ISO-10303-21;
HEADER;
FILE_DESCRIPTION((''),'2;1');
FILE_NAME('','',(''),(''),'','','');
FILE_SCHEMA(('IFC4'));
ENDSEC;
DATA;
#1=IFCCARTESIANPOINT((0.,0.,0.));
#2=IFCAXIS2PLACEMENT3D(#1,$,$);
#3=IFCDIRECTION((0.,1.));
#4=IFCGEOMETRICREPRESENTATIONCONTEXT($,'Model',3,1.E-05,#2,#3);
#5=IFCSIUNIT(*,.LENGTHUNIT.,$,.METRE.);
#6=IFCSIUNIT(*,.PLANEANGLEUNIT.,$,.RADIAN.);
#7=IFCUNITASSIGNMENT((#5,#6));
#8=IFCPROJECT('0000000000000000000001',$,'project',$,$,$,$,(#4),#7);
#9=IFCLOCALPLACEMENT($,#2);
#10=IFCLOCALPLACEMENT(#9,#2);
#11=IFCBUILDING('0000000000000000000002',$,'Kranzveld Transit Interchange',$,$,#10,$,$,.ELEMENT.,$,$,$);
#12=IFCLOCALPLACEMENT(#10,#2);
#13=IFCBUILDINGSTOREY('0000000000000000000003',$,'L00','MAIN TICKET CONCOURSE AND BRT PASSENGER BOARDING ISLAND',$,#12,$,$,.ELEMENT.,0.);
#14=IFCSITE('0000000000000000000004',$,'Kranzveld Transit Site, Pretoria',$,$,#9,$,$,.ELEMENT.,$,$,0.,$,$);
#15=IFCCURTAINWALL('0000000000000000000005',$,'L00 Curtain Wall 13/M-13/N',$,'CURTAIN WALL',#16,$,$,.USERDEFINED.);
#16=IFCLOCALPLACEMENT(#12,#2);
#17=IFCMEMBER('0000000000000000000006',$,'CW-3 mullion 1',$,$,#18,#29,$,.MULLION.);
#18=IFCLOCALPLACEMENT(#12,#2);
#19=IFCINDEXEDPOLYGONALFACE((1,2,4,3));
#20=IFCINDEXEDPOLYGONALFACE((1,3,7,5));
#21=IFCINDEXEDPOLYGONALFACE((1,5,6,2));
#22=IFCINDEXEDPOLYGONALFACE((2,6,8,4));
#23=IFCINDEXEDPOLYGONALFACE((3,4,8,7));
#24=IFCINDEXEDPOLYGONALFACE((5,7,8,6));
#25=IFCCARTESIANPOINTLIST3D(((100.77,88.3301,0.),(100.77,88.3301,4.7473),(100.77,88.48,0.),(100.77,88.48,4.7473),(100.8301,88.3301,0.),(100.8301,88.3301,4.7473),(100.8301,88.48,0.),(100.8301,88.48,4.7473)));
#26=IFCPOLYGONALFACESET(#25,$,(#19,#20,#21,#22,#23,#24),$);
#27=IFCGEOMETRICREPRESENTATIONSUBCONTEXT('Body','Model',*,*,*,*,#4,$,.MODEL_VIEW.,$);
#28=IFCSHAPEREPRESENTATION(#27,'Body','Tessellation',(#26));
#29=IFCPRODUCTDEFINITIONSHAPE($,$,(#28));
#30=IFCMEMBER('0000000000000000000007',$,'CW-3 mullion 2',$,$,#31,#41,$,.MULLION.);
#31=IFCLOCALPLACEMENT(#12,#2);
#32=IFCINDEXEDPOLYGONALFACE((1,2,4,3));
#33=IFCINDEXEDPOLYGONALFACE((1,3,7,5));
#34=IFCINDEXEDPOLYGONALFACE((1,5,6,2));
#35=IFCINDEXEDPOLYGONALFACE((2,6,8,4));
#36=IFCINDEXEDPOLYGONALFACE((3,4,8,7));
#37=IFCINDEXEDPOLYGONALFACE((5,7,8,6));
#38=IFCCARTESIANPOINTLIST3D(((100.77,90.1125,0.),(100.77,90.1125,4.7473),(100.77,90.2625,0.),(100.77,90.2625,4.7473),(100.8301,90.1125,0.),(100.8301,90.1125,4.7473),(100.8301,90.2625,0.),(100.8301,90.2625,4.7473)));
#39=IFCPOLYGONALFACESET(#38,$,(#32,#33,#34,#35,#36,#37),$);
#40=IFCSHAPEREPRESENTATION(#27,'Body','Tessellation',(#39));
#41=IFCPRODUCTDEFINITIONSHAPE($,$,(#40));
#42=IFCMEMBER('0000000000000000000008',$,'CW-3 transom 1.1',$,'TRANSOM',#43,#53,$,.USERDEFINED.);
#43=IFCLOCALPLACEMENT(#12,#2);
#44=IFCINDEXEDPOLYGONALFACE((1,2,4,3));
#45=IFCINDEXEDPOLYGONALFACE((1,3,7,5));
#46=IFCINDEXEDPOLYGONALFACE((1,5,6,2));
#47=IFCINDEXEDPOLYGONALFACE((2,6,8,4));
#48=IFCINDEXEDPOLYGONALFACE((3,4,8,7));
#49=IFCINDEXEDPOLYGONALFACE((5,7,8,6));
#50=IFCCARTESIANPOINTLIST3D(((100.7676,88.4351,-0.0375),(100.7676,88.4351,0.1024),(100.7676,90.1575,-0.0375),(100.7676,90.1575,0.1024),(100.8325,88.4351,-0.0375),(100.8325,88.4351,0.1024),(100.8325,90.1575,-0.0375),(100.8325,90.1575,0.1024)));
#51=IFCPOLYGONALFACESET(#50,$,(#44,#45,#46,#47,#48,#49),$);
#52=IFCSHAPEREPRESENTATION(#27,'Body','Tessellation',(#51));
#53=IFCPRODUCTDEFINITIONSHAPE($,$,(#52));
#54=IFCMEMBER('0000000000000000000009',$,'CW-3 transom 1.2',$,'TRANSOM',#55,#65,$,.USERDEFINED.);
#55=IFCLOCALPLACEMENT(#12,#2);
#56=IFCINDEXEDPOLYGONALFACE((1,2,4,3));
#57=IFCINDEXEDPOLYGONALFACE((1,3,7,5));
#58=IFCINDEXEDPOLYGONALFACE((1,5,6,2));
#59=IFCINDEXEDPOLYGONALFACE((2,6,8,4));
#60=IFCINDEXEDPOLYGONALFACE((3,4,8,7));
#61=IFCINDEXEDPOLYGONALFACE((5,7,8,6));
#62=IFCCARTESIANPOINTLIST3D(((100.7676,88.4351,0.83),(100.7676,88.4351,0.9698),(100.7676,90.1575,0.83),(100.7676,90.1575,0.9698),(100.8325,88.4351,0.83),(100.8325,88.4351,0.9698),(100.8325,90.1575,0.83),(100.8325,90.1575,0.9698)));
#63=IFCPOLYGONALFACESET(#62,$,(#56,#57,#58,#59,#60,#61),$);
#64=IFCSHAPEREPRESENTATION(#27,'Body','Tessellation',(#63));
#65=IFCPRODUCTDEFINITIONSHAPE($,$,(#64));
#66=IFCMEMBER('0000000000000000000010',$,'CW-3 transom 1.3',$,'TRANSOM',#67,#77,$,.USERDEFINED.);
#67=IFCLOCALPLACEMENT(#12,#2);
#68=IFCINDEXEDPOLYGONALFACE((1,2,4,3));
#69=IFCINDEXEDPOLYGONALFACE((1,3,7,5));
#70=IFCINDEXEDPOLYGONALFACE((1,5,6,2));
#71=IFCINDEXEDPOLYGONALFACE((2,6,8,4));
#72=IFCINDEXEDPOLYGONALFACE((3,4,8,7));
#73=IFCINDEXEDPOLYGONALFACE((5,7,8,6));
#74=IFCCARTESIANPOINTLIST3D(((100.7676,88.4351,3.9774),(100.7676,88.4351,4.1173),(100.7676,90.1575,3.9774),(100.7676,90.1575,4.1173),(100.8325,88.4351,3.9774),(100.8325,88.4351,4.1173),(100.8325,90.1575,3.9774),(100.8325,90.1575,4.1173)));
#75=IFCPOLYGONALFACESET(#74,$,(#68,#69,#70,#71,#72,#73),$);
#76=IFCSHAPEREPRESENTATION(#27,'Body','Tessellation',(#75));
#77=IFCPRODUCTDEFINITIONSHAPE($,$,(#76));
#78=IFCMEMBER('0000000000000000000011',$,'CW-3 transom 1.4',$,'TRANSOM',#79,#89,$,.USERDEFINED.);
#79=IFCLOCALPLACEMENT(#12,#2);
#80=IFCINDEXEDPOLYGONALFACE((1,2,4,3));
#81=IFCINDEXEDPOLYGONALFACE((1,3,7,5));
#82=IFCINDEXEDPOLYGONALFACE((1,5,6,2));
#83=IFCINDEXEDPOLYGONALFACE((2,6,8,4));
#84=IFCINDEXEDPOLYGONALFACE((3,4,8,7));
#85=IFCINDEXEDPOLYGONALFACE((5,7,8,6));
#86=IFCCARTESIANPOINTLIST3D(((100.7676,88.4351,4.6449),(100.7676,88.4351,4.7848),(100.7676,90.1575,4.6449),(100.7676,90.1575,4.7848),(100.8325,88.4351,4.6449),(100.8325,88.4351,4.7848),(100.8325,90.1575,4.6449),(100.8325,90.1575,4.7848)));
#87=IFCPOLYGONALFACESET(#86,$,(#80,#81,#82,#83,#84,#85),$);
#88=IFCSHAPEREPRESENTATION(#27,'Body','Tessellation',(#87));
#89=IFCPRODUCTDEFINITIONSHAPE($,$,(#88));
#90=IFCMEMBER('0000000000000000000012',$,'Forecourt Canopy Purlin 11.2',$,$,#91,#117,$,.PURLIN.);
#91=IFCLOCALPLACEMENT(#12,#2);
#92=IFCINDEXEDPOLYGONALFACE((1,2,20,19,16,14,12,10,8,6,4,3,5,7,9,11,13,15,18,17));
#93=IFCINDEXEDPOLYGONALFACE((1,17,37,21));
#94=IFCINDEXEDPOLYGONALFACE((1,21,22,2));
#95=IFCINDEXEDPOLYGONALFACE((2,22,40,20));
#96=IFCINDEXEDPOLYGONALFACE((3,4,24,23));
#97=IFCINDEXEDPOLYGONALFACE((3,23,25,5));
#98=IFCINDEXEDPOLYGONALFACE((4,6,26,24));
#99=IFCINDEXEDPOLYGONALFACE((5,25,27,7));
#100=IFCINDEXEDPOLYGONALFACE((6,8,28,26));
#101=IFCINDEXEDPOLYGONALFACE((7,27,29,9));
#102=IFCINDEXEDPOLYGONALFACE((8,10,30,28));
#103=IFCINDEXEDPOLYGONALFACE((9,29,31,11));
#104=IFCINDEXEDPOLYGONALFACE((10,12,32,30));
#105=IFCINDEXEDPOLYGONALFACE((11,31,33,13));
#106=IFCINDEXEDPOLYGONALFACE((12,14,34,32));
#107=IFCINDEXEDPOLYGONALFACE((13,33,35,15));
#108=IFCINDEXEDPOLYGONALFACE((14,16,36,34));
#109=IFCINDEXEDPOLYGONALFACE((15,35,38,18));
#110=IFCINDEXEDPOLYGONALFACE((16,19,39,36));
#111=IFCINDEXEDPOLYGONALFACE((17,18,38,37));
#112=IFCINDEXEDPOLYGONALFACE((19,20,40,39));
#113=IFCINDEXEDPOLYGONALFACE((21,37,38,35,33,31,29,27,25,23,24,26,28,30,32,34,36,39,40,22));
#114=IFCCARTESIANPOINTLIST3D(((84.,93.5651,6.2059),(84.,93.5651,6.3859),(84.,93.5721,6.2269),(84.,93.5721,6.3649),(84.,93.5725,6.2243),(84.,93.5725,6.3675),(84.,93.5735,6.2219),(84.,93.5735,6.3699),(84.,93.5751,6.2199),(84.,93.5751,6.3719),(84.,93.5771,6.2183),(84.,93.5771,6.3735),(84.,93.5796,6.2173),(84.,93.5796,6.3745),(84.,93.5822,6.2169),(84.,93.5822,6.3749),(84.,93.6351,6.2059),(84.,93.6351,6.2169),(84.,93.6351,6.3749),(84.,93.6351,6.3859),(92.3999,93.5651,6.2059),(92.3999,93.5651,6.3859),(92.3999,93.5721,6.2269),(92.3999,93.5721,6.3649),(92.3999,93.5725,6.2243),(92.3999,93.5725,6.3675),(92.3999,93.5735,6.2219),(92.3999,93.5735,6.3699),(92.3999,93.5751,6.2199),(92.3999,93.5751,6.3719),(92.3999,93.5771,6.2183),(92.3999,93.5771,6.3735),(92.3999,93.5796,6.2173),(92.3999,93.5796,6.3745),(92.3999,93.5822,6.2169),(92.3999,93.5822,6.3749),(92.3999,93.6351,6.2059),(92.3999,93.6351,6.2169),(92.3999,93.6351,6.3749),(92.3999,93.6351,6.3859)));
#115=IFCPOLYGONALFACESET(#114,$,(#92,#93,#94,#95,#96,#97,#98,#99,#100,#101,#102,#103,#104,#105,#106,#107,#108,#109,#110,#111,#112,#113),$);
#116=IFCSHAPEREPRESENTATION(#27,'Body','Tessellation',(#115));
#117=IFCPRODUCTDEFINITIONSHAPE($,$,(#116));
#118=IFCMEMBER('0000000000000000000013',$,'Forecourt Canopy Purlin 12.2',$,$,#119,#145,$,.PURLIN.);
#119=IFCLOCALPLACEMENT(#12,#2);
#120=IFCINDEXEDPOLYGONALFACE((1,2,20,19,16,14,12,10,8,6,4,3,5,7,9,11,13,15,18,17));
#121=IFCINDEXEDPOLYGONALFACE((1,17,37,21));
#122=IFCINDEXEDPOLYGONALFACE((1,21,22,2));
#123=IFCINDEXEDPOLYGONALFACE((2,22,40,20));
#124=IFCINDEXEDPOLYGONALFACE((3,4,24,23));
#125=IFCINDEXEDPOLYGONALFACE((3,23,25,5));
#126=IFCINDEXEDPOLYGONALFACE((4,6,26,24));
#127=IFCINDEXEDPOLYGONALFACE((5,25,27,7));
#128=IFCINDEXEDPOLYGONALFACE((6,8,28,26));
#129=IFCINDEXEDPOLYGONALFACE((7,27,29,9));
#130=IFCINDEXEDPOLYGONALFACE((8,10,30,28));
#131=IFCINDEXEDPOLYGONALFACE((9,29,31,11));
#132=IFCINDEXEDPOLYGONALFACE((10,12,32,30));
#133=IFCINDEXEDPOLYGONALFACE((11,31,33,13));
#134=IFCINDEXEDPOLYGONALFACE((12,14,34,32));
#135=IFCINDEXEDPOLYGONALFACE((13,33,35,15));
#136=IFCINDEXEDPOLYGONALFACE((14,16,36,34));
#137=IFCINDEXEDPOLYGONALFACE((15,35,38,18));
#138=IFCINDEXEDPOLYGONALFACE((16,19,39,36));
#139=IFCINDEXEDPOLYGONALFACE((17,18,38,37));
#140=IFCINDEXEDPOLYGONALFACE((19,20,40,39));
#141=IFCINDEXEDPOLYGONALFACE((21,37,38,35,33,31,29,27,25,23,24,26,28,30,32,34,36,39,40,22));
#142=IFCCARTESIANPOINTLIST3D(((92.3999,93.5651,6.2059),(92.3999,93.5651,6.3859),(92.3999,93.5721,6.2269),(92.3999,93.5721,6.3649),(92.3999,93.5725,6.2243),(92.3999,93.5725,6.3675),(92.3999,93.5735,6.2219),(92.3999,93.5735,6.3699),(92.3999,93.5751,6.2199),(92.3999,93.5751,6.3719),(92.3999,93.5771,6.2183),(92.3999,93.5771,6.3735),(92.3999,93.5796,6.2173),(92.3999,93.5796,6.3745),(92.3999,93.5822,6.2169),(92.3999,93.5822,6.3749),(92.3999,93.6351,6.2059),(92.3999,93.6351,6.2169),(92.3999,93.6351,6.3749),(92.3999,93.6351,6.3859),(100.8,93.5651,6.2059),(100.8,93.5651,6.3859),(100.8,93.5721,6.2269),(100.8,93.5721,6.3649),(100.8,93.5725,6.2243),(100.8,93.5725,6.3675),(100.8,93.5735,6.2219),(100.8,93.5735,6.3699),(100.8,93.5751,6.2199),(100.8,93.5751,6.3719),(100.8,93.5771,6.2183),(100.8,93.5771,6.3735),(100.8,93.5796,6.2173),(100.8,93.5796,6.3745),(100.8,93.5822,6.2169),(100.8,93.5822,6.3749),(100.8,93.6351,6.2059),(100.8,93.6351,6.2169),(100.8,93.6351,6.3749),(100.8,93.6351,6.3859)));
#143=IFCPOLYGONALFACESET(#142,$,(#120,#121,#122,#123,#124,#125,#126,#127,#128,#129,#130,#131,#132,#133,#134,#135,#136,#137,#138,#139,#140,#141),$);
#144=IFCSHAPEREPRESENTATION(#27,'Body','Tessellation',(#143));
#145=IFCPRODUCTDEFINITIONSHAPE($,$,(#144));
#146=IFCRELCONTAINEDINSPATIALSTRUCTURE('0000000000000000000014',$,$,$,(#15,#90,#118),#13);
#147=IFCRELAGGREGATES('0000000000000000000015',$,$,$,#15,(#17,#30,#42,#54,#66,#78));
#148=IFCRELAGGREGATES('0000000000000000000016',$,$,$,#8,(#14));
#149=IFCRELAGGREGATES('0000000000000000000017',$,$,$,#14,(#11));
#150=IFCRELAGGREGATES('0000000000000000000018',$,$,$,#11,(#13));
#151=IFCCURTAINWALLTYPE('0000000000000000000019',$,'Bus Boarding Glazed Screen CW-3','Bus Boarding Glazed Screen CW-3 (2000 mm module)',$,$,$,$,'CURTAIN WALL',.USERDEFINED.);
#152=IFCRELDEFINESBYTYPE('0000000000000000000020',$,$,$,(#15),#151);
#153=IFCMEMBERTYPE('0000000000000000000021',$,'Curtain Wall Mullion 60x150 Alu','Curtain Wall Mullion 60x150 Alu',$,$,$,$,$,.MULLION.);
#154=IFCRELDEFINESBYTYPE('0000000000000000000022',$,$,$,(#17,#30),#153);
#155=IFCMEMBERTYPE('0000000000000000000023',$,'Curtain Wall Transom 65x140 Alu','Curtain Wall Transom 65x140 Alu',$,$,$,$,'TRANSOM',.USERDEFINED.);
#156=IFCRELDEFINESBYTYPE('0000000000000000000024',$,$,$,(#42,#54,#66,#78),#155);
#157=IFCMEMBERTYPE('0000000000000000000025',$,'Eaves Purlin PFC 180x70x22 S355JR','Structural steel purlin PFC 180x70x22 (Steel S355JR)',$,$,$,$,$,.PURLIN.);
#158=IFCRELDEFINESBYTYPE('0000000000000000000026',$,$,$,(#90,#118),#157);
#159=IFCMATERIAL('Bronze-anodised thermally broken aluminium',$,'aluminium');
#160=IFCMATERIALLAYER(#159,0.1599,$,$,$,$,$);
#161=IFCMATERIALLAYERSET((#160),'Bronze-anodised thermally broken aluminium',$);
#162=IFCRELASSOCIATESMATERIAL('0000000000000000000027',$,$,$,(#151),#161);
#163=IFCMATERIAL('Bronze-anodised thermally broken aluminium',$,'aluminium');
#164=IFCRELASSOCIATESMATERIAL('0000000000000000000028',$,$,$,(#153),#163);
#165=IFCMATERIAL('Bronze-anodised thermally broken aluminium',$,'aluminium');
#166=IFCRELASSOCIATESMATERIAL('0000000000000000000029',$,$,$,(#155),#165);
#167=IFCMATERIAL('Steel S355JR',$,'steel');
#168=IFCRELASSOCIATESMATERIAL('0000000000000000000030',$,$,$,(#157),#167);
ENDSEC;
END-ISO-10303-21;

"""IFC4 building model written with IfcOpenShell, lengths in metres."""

from ifc_helpers import new_model, si_unit, direction, frame, origin, origin_2d, place, context, subcontext, project, spatial, rectangle, u_section, extrude, material, layer, layer_set, material_profile, profile_set, type_object, element, aggregate, save


model = new_model("IFC4")

# Units and contexts
model_context = context("Model", 3, precision=1e-05, world=origin(), true_north=direction((0.0, 1.0)))
body_context = subcontext(model_context, "Body", "Model", "MODEL_VIEW")
ifc_project = project(units=[si_unit("LENGTHUNIT", "METRE"), si_unit("PLANEANGLEUNIT", "RADIAN")], contexts=[model_context])

# Site, building, storey
site_placement = place(None, origin())
site = spatial("IfcSite", under=ifc_project, at=site_placement, Name="Kranzveld Transit Site, Pretoria", CompositionType="ELEMENT", RefElevation=0.0)
building_placement = place(site_placement, origin())
building = spatial("IfcBuilding", under=site, at=building_placement, Name="Kranzveld Transit Interchange", CompositionType="ELEMENT")
storey_placement = place(building_placement, origin())
storey = spatial("IfcBuildingStorey", under=building, at=storey_placement, Name="L00", Description="MAIN TICKET CONCOURSE AND BRT PASSENGER BOARDING ISLAND", CompositionType="ELEMENT", Elevation=0.0)

# Curtain wall, members
ifc_material_1 = material(Name="Bronze-anodised thermally broken aluminium", Category="aluminium")
ifc_layer_1 = layer(ifc_material_1, 0.1599)
ifc_layer_set_1 = layer_set([ifc_layer_1], Name="Bronze-anodised thermally broken aluminium")
curtain_wall_type = type_object("IfcCurtainWallType", Name="Bus Boarding Glazed Screen CW-3", Description="Bus Boarding Glazed Screen CW-3 (2000 mm module)", ElementType="CURTAIN WALL", PredefinedType="USERDEFINED", material=ifc_layer_set_1)
curtain_wall_placement = place(storey_placement, origin())
curtain_wall = element("IfcCurtainWall", 1, at=curtain_wall_placement, inside=storey, type_object=curtain_wall_type, Name="L00 Curtain Wall 13/M-13/N", ObjectType="CURTAIN WALL", PredefinedType="USERDEFINED")
ifc_material_2 = material(Name="Bronze-anodised thermally broken aluminium", Category="aluminium")
ifc_material_profile_1 = material_profile(ifc_material_2, rectangle(XDim=0.0601, YDim=0.1499, at=origin_2d()), Name="ALU MULLION 60x150")
ifc_profile_set_1 = profile_set([ifc_material_profile_1], Name="Bronze-anodised thermally broken aluminium")
member_type_1 = type_object("IfcMemberType", Name="Curtain Wall Mullion 60x150 Alu", Description="Curtain Wall Mullion 60x150 Alu", PredefinedType="MULLION", material=ifc_profile_set_1)
member_1_placement = place(storey_placement, frame((100.8, 88.405, 0.0), z_axis=(0.0, 0.0, 1.0), x_axis=(-1.0, 0.0, 0.0)))
member_1 = element("IfcMember", 2, at=member_1_placement, type_object=member_type_1, Name="CW-3 mullion 1", PredefinedType="MULLION", context=body_context, shape_type="SweptSolid", body=[
    extrude(rectangle(XDim=0.0601, YDim=0.1499, at=origin_2d()), origin(), (0.0, 0.0, 1.0), 4.7473),
])
member_2_placement = place(storey_placement, frame((100.8, 90.1875, 0.0), z_axis=(0.0, 0.0, 1.0), x_axis=(-1.0, 0.0, 0.0)))
member_2 = element("IfcMember", 3, at=member_2_placement, type_object=member_type_1, Name="CW-3 mullion 2", PredefinedType="MULLION", context=body_context, shape_type="SweptSolid", body=[
    extrude(rectangle(XDim=0.0601, YDim=0.1499, at=origin_2d()), origin(), (0.0, 0.0, 1.0), 4.7473),
])
ifc_material_3 = material(Name="Bronze-anodised thermally broken aluminium", Category="aluminium")
ifc_material_profile_2 = material_profile(ifc_material_3, rectangle(XDim=0.0649, YDim=0.1399, at=origin_2d()), Name="ALU TRANSOM 65x140")
ifc_profile_set_2 = profile_set([ifc_material_profile_2], Name="Bronze-anodised thermally broken aluminium")
member_type_2 = type_object("IfcMemberType", Name="Curtain Wall Transom 65x140 Alu", Description="Curtain Wall Transom 65x140 Alu", ElementType="TRANSOM", PredefinedType="USERDEFINED", material=ifc_profile_set_2)
member_3_placement = place(storey_placement, frame((100.8, 88.4351, 0.0325), z_axis=(0.0, 1.0, 0.0), x_axis=(-1.0, 0.0, 0.0)))
member_3 = element("IfcMember", 4, at=member_3_placement, type_object=member_type_2, Name="CW-3 transom 1.1", ObjectType="TRANSOM", PredefinedType="USERDEFINED", context=body_context, shape_type="SweptSolid", body=[
    extrude(rectangle(XDim=0.0649, YDim=0.1399, at=origin_2d()), origin(), (0.0, 0.0, 1.0), 1.7224),
])
member_4_placement = place(storey_placement, frame((100.8, 88.4351, 0.8999), z_axis=(0.0, 1.0, 0.0), x_axis=(-1.0, 0.0, 0.0)))
member_4 = element("IfcMember", 5, at=member_4_placement, type_object=member_type_2, Name="CW-3 transom 1.2", ObjectType="TRANSOM", PredefinedType="USERDEFINED", context=body_context, shape_type="SweptSolid", body=[
    extrude(rectangle(XDim=0.0649, YDim=0.1399, at=origin_2d()), origin(), (0.0, 0.0, 1.0), 1.7224),
])
member_5_placement = place(storey_placement, frame((100.8, 88.4351, 4.0474), z_axis=(0.0, 1.0, 0.0), x_axis=(-1.0, 0.0, 0.0)))
member_5 = element("IfcMember", 6, at=member_5_placement, type_object=member_type_2, Name="CW-3 transom 1.3", ObjectType="TRANSOM", PredefinedType="USERDEFINED", context=body_context, shape_type="SweptSolid", body=[
    extrude(rectangle(XDim=0.0649, YDim=0.1399, at=origin_2d()), origin(), (0.0, 0.0, 1.0), 1.7224),
])
member_6_placement = place(storey_placement, frame((100.8, 88.4351, 4.7148), z_axis=(0.0, 1.0, 0.0), x_axis=(-1.0, 0.0, 0.0)))
member_6 = element("IfcMember", 7, at=member_6_placement, type_object=member_type_2, Name="CW-3 transom 1.4", ObjectType="TRANSOM", PredefinedType="USERDEFINED", context=body_context, shape_type="SweptSolid", body=[
    extrude(rectangle(XDim=0.0649, YDim=0.1399, at=origin_2d()), origin(), (0.0, 0.0, 1.0), 1.7224),
])

# Members
ifc_material_4 = material(Name="Steel S355JR", Category="steel")
ifc_material_profile_3 = material_profile(ifc_material_4, u_section(Depth=0.1799, FlangeWidth=0.0701, WebThickness=0.0071, FlangeThickness=0.011, FilletRadius=0.01, at=origin_2d()), Name="PFC 180x70x22")
ifc_profile_set_3 = profile_set([ifc_material_profile_3], Name="Steel S355JR")
member_type_3 = type_object("IfcMemberType", Name="Eaves Purlin PFC 180x70x22 S355JR", Description="Structural steel purlin PFC 180x70x22 (Steel S355JR)", PredefinedType="PURLIN", material=ifc_profile_set_3)
member_7_placement = place(storey_placement, frame((84.0, 93.6001, 6.2959), z_axis=(1.0, 0.0, 0.0), x_axis=(0.0, 1.0, 0.0)))
element("IfcMember", 8, at=member_7_placement, inside=storey, type_object=member_type_3, Name="Forecourt Canopy Purlin 11.2", PredefinedType="PURLIN", context=body_context, shape_type="SweptSolid", body=[
    extrude(u_section(Depth=0.1799, FlangeWidth=0.0701, WebThickness=0.0071, FlangeThickness=0.011, FilletRadius=0.01, at=origin_2d()), origin(), (0.0, 0.0, 1.0), 8.3999),
])
member_8_placement = place(storey_placement, frame((92.3999, 93.6001, 6.2959), z_axis=(1.0, 0.0, 0.0), x_axis=(0.0, 1.0, 0.0)))
element("IfcMember", 9, at=member_8_placement, inside=storey, type_object=member_type_3, Name="Forecourt Canopy Purlin 12.2", PredefinedType="PURLIN", context=body_context, shape_type="SweptSolid", body=[
    extrude(u_section(Depth=0.1799, FlangeWidth=0.0701, WebThickness=0.0071, FlangeThickness=0.011, FilletRadius=0.01, at=origin_2d()), origin(), (0.0, 0.0, 1.0), 8.4001),
])

aggregate(curtain_wall, [member_1, member_2, member_3, member_4, member_5, member_6])

save(model, "model.ifc")
